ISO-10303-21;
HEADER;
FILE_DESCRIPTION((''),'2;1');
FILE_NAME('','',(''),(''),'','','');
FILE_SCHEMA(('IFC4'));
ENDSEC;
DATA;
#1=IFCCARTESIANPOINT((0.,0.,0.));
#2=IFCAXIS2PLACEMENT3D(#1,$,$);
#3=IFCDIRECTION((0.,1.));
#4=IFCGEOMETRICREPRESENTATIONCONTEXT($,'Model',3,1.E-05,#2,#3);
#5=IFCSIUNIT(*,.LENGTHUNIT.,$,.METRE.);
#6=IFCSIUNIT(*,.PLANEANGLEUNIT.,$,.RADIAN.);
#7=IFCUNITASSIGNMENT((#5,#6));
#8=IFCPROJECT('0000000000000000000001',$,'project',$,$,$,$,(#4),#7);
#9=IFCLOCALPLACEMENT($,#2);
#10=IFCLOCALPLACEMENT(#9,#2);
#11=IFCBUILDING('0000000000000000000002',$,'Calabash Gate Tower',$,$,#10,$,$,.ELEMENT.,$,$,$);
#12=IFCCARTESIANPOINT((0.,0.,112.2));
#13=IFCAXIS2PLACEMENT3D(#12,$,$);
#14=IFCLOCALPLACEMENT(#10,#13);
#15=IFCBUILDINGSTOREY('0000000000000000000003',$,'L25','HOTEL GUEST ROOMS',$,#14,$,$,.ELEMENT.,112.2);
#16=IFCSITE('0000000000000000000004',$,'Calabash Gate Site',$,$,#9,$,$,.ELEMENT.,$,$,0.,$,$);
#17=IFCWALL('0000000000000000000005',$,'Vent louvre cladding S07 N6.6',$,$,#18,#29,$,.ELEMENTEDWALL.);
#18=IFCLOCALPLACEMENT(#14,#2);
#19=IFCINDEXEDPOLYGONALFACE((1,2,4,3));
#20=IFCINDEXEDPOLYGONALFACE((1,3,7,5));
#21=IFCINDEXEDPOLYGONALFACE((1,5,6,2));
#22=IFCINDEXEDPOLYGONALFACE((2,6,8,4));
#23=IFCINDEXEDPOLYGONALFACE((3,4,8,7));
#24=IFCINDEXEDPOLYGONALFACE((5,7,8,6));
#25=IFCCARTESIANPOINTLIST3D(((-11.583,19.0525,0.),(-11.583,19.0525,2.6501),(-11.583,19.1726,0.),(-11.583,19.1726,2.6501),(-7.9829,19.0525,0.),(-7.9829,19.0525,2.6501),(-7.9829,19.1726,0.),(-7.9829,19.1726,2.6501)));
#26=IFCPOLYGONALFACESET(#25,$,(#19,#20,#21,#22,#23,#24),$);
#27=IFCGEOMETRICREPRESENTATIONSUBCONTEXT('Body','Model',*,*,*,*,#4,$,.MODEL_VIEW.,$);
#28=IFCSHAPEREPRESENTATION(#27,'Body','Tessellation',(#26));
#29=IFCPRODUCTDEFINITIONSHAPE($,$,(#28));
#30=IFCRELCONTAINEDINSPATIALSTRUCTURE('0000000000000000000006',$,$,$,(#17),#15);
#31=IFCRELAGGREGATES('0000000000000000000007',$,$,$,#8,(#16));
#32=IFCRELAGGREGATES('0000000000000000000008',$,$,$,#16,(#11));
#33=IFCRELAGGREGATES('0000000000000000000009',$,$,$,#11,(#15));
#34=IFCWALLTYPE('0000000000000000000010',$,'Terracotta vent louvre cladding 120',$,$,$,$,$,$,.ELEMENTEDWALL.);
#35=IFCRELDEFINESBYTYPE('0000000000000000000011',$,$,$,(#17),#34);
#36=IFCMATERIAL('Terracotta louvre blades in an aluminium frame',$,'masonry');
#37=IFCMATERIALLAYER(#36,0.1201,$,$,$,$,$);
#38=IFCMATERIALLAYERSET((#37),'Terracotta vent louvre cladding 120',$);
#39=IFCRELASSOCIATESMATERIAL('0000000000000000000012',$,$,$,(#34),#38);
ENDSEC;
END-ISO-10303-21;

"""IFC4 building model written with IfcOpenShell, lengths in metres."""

from ifc_helpers import new_model, si_unit, direction, frame, origin, place, context, subcontext, project, spatial, polyline, outline, extrude, material, layer, layer_set, type_object, element, save


model = new_model("IFC4")

# Units and contexts
model_context = context("Model", 3, precision=1e-05, world=origin(), true_north=direction((0.0, 1.0)))
body_context = subcontext(model_context, "Body", "Model", "MODEL_VIEW")
ifc_project = project(units=[si_unit("LENGTHUNIT", "METRE"), si_unit("PLANEANGLEUNIT", "RADIAN")], contexts=[model_context])

# Site, building, storey
site_placement = place(None, origin())
site = spatial("IfcSite", under=ifc_project, at=site_placement, Name="Calabash Gate Site", CompositionType="ELEMENT", RefElevation=0.0)
building_placement = place(site_placement, origin())
building = spatial("IfcBuilding", under=site, at=building_placement, Name="Calabash Gate Tower", CompositionType="ELEMENT")
storey_placement = place(building_placement, frame((0.0, 0.0, 112.2)))
storey = spatial("IfcBuildingStorey", under=building, at=storey_placement, Name="L25", Description="HOTEL GUEST ROOMS", CompositionType="ELEMENT", Elevation=112.2)

# Wall
ifc_material_1 = material(Name="Terracotta louvre blades in an aluminium frame", Category="masonry")
ifc_layer_1 = layer(ifc_material_1, 0.1201)
ifc_layer_set_1 = layer_set([ifc_layer_1], Name="Terracotta vent louvre cladding 120")
wall_type_1 = type_object("IfcWallType", Name="Terracotta vent louvre cladding 120", PredefinedType="ELEMENTEDWALL", material=ifc_layer_set_1)
wall_1_placement = place(storey_placement, origin())
element("IfcWall", 1, at=wall_1_placement, inside=storey, type_object=wall_type_1, Name="Vent louvre cladding S07 N6.6", PredefinedType="ELEMENTEDWALL", context=body_context, shape_type="SweptSolid", body=[
    extrude(outline(polyline([(-11.583, 19.1726), (-11.583, 19.0525), (-7.9829, 19.0525), (-7.9829, 19.1726), (-11.583, 19.1726)])), origin(), (0.0, 0.0, 1.0), 2.6501),
])

save(model, "model.ifc")
